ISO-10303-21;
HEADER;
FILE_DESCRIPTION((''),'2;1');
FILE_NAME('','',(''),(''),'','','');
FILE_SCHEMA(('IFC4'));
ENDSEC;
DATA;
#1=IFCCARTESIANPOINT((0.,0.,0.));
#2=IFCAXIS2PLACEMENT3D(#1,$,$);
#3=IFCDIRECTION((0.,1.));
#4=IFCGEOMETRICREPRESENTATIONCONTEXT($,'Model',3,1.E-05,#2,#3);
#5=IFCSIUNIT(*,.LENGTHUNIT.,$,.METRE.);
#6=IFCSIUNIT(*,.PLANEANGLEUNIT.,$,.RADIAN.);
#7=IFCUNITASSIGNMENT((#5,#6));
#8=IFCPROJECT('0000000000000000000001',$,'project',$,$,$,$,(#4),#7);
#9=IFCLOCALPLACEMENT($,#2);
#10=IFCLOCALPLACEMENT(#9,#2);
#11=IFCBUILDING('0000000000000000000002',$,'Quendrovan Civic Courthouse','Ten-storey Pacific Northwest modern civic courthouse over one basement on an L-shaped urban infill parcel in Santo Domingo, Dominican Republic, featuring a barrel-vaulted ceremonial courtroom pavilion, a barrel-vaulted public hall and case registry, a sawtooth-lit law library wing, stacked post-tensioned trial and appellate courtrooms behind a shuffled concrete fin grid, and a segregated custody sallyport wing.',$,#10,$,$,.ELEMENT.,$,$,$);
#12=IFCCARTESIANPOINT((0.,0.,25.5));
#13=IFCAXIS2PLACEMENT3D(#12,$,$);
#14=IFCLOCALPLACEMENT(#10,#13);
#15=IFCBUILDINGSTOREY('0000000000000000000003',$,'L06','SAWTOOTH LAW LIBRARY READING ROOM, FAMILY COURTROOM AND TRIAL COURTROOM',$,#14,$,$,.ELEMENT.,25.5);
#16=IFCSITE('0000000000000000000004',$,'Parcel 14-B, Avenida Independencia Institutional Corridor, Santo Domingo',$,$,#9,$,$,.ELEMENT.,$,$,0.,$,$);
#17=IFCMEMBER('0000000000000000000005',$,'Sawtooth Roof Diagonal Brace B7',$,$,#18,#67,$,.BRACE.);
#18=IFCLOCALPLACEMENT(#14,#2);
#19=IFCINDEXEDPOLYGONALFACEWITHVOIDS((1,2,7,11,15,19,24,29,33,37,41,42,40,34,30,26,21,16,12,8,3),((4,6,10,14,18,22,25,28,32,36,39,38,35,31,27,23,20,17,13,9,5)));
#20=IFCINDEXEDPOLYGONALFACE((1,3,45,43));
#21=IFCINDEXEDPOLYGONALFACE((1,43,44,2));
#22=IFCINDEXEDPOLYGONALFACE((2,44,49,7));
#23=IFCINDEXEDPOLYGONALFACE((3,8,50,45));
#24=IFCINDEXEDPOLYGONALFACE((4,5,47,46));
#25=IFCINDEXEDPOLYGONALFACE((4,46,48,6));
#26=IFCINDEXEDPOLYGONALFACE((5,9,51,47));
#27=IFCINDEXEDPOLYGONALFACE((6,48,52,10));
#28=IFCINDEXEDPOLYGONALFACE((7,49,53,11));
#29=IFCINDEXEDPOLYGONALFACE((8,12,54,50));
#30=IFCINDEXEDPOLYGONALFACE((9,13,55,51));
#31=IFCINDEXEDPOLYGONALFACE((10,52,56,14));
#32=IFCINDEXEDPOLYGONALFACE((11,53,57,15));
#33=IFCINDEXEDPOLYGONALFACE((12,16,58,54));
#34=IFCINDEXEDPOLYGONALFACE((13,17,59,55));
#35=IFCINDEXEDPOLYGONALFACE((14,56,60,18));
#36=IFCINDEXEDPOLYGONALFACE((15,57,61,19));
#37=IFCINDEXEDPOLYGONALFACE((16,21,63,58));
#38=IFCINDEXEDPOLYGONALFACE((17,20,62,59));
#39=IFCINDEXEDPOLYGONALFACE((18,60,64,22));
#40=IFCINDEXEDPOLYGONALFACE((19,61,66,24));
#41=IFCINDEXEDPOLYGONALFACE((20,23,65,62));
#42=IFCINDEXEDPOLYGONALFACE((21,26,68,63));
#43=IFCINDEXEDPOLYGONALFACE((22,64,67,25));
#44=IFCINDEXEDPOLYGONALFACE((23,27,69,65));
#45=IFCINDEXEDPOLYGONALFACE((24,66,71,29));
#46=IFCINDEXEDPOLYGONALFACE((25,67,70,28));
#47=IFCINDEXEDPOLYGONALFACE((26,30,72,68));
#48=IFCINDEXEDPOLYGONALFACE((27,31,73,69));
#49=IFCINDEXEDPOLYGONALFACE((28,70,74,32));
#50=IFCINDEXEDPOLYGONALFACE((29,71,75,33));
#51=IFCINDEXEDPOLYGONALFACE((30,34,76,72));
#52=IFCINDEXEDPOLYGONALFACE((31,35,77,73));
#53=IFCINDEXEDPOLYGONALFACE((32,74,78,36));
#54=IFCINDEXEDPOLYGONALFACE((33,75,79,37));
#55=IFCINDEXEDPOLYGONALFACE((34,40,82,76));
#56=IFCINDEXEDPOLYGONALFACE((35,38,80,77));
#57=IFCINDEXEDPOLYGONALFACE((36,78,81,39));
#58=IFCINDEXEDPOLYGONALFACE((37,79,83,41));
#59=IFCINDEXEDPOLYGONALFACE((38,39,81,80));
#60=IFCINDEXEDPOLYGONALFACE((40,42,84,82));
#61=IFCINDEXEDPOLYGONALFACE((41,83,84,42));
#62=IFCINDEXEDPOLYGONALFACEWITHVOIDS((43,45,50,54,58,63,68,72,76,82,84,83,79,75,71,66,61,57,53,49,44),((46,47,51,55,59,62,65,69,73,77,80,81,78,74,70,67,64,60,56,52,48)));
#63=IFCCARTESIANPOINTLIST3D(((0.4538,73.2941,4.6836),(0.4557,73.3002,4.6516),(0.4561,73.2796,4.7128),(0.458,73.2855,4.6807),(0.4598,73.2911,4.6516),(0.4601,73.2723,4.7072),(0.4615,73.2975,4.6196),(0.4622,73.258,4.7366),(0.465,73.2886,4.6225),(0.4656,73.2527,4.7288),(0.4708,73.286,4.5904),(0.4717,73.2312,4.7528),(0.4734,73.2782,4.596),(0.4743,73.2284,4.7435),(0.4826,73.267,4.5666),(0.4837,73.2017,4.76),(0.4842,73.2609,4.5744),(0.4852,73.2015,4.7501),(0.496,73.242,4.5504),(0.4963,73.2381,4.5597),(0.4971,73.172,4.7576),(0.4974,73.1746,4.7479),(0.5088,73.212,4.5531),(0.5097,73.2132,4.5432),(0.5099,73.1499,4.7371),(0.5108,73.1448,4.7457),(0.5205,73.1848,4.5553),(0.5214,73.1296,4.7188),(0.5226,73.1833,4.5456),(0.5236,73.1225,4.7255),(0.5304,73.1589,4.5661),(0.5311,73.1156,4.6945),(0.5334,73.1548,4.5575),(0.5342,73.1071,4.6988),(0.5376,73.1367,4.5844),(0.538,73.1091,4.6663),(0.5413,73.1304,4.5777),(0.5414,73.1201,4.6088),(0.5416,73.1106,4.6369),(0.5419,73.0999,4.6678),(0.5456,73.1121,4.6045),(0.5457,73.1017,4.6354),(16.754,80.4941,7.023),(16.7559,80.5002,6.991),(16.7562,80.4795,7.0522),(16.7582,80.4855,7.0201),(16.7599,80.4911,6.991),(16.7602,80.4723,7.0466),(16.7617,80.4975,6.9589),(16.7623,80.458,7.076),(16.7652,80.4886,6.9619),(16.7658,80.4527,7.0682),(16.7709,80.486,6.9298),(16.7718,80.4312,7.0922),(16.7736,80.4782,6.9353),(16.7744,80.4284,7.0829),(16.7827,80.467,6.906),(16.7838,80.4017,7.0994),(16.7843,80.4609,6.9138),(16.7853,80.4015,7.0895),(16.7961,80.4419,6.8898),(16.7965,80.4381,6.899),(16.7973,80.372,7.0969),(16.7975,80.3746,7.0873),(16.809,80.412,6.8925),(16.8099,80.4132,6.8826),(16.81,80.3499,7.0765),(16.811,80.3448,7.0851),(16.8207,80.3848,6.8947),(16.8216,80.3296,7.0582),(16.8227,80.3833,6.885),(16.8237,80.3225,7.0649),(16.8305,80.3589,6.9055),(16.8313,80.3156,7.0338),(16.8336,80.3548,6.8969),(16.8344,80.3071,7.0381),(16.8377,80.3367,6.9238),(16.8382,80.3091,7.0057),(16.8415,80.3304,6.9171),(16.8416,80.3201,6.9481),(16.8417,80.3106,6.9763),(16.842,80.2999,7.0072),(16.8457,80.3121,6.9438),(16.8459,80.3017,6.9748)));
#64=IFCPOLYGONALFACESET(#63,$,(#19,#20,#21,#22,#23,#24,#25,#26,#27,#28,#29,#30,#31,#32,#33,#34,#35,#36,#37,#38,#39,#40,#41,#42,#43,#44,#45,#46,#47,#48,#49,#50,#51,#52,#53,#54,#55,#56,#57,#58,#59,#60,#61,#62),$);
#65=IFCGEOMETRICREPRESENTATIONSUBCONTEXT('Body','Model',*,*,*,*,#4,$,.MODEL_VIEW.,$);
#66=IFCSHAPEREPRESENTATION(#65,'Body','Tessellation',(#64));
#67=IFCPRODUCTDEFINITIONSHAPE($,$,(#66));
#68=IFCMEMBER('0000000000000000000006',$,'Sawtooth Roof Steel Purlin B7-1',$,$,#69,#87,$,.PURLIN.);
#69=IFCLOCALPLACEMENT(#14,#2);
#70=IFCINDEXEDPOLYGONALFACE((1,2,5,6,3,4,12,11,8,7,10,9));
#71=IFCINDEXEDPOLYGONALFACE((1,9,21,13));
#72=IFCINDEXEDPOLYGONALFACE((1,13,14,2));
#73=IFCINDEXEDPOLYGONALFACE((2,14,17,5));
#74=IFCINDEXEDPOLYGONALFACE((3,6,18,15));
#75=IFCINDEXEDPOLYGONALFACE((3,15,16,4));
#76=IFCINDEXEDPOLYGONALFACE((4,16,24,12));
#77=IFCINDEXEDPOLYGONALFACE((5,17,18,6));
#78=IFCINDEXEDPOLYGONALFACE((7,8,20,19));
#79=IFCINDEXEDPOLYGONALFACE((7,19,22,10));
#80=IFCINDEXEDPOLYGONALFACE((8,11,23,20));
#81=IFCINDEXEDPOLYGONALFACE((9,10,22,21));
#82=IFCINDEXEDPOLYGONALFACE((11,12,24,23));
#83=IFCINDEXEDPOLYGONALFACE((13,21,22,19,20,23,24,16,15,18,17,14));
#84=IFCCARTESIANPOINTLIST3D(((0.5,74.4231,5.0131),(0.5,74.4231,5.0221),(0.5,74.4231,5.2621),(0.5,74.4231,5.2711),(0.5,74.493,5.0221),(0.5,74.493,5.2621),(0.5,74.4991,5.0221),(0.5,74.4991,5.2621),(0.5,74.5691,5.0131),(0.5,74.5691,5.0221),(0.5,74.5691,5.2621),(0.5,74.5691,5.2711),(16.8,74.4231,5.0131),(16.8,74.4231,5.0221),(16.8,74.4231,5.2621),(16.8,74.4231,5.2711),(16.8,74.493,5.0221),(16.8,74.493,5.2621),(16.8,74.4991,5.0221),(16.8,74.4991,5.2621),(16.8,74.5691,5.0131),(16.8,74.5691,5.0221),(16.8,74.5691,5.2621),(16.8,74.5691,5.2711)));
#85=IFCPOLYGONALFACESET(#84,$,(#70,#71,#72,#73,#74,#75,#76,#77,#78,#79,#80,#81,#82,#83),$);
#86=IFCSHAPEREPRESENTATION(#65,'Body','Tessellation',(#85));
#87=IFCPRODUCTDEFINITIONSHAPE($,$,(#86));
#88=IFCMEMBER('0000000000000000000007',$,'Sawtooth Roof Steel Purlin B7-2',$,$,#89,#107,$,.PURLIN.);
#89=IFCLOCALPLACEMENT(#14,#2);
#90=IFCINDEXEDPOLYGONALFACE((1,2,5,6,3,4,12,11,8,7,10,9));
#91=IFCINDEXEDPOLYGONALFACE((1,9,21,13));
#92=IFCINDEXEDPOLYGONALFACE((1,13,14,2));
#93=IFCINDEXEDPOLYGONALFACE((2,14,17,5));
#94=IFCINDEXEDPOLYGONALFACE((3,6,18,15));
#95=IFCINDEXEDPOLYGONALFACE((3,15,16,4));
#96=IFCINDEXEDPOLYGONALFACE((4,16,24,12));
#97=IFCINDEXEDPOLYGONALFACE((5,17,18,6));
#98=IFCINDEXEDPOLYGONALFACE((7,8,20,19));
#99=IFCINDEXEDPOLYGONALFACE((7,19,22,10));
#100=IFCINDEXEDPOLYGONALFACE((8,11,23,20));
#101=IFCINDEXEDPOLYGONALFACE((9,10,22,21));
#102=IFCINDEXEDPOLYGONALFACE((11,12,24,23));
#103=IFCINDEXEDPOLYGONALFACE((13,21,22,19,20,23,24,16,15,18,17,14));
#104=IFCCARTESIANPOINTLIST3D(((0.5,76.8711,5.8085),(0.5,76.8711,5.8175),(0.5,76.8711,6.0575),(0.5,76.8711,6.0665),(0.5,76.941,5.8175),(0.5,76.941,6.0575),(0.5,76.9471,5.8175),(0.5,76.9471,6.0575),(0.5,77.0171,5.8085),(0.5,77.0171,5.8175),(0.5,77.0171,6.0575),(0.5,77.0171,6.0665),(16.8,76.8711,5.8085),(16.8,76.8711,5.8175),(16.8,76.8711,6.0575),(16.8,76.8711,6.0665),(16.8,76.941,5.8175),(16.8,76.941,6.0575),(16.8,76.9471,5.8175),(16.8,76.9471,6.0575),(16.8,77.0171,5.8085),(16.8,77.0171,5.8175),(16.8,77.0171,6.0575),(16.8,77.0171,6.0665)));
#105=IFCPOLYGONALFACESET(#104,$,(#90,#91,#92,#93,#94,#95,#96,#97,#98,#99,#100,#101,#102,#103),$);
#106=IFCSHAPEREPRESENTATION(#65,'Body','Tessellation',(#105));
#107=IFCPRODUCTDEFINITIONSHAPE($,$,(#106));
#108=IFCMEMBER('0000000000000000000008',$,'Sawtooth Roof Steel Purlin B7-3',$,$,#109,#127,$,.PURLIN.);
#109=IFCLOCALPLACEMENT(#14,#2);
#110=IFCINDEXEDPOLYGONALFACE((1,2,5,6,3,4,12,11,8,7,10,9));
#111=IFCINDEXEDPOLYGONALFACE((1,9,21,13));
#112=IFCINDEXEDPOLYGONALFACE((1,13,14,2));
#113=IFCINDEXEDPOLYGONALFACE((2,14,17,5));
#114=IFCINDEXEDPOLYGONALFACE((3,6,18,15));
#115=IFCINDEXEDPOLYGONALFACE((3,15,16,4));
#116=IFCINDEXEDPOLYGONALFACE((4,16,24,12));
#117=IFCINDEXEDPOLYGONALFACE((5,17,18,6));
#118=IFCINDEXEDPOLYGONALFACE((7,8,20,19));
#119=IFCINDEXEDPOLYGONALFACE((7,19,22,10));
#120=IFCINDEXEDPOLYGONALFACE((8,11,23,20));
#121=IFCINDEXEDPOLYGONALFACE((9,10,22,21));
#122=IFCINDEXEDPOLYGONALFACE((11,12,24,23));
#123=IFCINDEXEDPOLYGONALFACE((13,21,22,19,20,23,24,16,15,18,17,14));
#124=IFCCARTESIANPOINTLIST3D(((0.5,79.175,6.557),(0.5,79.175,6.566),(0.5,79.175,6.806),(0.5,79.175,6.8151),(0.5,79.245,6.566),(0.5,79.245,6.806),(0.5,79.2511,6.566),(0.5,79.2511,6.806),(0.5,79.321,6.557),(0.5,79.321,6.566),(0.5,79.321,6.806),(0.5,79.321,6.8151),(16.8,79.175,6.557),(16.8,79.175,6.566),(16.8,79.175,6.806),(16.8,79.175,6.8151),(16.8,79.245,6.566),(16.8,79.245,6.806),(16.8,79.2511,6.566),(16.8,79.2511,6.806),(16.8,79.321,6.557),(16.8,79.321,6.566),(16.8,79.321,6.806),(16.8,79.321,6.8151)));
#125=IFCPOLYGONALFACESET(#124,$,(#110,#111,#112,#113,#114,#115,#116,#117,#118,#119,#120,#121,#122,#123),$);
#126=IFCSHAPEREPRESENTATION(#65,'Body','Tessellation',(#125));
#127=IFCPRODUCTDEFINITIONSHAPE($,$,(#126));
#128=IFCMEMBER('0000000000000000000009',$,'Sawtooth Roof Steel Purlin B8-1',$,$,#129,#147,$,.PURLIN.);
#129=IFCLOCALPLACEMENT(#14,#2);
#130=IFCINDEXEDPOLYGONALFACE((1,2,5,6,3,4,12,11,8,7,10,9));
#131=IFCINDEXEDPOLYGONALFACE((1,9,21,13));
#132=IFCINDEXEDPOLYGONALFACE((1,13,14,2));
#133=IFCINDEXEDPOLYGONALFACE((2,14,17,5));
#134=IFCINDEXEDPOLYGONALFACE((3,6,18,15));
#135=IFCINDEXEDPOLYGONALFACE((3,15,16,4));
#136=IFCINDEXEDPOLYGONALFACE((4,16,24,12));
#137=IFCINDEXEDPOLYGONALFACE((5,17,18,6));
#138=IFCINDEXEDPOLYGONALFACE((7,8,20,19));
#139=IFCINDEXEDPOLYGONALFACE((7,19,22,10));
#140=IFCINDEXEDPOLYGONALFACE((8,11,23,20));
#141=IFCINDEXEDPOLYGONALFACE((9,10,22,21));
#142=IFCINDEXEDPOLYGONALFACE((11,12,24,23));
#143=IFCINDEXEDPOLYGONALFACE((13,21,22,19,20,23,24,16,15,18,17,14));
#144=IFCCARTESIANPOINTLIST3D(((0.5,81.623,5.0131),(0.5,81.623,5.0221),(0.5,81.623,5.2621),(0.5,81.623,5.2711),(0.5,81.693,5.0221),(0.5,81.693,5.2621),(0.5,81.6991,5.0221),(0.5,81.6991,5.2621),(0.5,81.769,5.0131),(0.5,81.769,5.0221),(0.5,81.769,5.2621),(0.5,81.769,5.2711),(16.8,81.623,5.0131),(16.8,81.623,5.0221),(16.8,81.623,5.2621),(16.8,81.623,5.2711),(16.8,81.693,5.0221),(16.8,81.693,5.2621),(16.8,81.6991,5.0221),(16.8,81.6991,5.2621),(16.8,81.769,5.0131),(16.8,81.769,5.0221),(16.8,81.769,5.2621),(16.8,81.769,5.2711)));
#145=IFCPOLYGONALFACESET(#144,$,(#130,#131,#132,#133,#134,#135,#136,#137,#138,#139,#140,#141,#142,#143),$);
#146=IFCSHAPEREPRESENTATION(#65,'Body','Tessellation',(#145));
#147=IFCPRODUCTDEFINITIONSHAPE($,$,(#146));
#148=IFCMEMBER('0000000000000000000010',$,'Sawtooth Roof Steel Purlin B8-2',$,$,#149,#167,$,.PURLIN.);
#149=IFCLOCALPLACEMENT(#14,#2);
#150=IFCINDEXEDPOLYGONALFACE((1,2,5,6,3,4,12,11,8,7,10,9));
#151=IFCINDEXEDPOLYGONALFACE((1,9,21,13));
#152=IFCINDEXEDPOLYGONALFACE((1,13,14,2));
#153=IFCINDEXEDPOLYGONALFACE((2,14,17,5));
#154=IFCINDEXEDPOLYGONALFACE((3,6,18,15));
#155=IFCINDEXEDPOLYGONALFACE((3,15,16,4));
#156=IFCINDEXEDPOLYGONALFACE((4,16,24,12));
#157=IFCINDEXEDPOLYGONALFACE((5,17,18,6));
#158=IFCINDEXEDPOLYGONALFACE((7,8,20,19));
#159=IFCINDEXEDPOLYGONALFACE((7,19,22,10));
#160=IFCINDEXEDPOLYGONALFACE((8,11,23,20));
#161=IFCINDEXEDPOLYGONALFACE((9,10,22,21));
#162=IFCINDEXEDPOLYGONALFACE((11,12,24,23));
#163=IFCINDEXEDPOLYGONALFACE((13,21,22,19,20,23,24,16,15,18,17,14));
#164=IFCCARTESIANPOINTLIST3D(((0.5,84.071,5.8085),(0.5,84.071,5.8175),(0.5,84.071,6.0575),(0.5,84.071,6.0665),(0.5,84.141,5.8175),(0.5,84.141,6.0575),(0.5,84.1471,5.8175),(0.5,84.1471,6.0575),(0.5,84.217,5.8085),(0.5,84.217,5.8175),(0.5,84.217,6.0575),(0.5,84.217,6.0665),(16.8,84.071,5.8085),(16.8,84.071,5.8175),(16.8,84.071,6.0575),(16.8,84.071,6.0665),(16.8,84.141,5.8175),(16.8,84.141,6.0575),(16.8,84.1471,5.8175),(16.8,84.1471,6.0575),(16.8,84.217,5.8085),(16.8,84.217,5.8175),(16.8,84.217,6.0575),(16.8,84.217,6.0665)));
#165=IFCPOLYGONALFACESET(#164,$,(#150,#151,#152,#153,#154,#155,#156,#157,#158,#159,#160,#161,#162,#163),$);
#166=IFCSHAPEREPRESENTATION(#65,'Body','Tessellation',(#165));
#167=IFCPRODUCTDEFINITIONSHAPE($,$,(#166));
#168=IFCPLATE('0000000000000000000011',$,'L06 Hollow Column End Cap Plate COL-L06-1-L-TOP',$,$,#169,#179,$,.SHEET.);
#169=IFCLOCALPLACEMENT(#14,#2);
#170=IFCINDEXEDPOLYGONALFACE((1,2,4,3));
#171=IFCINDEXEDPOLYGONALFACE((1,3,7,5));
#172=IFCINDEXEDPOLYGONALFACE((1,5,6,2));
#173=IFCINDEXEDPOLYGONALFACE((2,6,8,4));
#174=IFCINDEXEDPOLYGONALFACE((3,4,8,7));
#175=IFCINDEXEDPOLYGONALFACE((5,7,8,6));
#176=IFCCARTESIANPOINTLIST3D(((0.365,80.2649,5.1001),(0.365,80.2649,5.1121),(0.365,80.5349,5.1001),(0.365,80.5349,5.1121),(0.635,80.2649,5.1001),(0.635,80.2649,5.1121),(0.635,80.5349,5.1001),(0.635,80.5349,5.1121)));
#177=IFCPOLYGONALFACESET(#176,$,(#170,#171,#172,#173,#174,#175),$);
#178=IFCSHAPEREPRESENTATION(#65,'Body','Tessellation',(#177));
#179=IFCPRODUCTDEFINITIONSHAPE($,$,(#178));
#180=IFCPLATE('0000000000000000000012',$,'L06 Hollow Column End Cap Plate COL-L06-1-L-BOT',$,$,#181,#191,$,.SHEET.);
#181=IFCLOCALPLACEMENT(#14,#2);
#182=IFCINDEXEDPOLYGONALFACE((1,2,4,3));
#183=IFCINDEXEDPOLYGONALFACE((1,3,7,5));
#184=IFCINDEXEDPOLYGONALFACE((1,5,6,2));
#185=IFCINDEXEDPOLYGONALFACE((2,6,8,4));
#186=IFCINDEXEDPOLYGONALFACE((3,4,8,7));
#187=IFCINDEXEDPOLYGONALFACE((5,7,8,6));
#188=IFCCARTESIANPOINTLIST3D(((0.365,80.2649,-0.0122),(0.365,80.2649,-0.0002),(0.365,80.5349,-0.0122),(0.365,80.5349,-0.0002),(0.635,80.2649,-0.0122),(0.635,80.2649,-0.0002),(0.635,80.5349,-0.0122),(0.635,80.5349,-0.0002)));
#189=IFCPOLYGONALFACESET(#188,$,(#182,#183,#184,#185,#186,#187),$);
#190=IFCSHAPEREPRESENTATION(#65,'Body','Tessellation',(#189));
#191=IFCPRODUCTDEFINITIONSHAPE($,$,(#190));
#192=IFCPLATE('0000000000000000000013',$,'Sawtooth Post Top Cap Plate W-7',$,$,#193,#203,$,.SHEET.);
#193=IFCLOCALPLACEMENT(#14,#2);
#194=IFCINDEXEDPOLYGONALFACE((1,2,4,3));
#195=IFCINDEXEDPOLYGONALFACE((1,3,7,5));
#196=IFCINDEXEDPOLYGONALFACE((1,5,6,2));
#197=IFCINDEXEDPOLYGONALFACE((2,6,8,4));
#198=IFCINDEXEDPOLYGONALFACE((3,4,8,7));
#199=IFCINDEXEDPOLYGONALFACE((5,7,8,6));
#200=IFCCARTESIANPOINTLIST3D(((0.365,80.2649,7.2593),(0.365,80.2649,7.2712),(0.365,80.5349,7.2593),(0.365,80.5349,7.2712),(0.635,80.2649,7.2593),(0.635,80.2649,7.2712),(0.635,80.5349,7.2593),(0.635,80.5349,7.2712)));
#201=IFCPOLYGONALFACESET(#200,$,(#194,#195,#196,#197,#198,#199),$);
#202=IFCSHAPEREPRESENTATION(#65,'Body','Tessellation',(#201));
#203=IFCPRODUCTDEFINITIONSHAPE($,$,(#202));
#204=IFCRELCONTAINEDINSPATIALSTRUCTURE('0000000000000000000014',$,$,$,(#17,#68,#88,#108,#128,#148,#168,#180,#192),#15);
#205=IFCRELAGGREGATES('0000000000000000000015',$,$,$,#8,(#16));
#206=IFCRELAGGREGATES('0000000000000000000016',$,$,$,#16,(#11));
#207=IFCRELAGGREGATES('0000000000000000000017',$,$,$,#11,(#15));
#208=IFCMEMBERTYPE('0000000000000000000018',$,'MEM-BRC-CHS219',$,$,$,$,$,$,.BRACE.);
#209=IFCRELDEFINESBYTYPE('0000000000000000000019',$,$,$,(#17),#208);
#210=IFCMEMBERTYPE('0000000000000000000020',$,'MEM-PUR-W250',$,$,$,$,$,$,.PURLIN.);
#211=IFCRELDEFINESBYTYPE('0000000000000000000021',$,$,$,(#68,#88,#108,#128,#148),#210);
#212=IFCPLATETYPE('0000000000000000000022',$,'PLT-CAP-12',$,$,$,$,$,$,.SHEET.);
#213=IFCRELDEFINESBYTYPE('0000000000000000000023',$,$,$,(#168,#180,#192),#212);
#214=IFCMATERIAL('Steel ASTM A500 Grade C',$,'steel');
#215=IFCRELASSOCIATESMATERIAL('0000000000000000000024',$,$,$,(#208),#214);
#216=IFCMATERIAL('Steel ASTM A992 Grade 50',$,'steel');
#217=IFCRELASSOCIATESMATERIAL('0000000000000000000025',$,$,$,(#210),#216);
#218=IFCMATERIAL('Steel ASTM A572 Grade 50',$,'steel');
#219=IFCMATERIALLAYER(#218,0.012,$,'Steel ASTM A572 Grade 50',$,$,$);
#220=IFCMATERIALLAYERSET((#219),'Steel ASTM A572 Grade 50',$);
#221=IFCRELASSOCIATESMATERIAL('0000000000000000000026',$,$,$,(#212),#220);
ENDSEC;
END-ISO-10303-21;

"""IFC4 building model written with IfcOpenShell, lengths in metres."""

from ifc_helpers import new_model, si_unit, direction, frame, origin, origin_2d, place, context, subcontext, project, spatial, rectangle, hollow_circle, i_section, extrude, material, layer, layer_set, material_profile, profile_set, type_object, element, save


model = new_model("IFC4")

# Units and contexts
model_context = context("Model", 3, precision=1e-05, world=origin(), true_north=direction((0.0, 1.0)))
body_context = subcontext(model_context, "Body", "Model", "MODEL_VIEW")
ifc_project = project(units=[si_unit("LENGTHUNIT", "METRE"), si_unit("PLANEANGLEUNIT", "RADIAN")], contexts=[model_context])

# Site, building, storey
site_placement = place(None, origin())
site = spatial("IfcSite", under=ifc_project, at=site_placement, Name="Parcel 14-B, Avenida Independencia Institutional Corridor, Santo Domingo", CompositionType="ELEMENT", RefElevation=0.0)
building_placement = place(site_placement, origin())
building = spatial("IfcBuilding", under=site, at=building_placement, Name="Quendrovan Civic Courthouse", Description="Ten-storey Pacific Northwest modern civic courthouse over one basement on an L-shaped urban infill parcel in Santo Domingo, Dominican Republic, featuring a barrel-vaulted ceremonial courtroom pavilion, a barrel-vaulted public hall and case registry, a sawtooth-lit law library wing, stacked post-tensioned trial and appellate courtrooms behind a shuffled concrete fin grid, and a segregated custody sallyport wing.", CompositionType="ELEMENT")
storey_placement = place(building_placement, frame((0.0, 0.0, 25.5)))
storey = spatial("IfcBuildingStorey", under=building, at=storey_placement, Name="L06", Description="SAWTOOTH LAW LIBRARY READING ROOM, FAMILY COURTROOM AND TRIAL COURTROOM", CompositionType="ELEMENT", Elevation=25.5)

# Shared definitions
ifc_material_1 = material(Name="Steel ASTM A500 Grade C", Category="steel")

# Shared definitions
ifc_material_2 = material(Name="Steel ASTM A992 Grade 50", Category="steel")

# Members
ifc_material_profile_1 = material_profile(ifc_material_1, hollow_circle(Radius=0.1096, WallThickness=0.01, at=origin_2d()), Name="CHS219x10")
ifc_profile_set_1 = profile_set([ifc_material_profile_1], Name="Steel ASTM A500 Grade C")
member_type_1 = type_object("IfcMemberType", Name="MEM-BRC-CHS219", PredefinedType="BRACE", material=ifc_profile_set_1)
member_1_placement = place(storey_placement, frame((0.5, 73.2, 4.6516), z_axis=(0.906954, 0.400614, 0.130165), x_axis=(-0.404051, 0.914736, 0.0)))
element("IfcMember", 1, at=member_1_placement, inside=storey, type_object=member_type_1, Name="Sawtooth Roof Diagonal Brace B7", PredefinedType="BRACE", context=body_context, shape_type="SweptSolid", body=[
    extrude(hollow_circle(Radius=0.1096, WallThickness=0.01, at=origin_2d()), origin(), (0.0, 0.0, 1.0), 17.9724),
])
ifc_material_profile_2 = material_profile(ifc_material_2, i_section(OverallWidth=0.146, OverallDepth=0.2581, WebThickness=0.0061, FlangeThickness=0.009, at=origin_2d()), Name="W250x33")
ifc_profile_set_2 = profile_set([ifc_material_profile_2], Name="Steel ASTM A992 Grade 50")
member_type_2 = type_object("IfcMemberType", Name="MEM-PUR-W250", PredefinedType="PURLIN", material=ifc_profile_set_2)
for number, where, z_axis, x_axis, name in (
    (2, (0.5, 74.4961, 5.1421), (1.0, 0.0, 0.0), (0.0, 1.0, 0.0), "Sawtooth Roof Steel Purlin B7-1"),
    (3, (0.5, 76.9441, 5.9375), (1.0, 0.0, 0.0), (0.0, 1.0, 0.0), "Sawtooth Roof Steel Purlin B7-2"),
    (4, (0.5, 79.248, 6.686), (1.0, 0.0, 0.0), (0.0, 1.0, 0.0), "Sawtooth Roof Steel Purlin B7-3"),
    (5, (0.5, 81.696, 5.1421), (1.0, 0.0, 0.0), (0.0, 1.0, 0.0), "Sawtooth Roof Steel Purlin B8-1"),
    (6, (0.5, 84.144, 5.9375), (1.0, 0.0, 0.0), (0.0, 1.0, 0.0), "Sawtooth Roof Steel Purlin B8-2"),
):
    element("IfcMember", number, at=place(storey_placement, frame(where, z_axis=z_axis, x_axis=x_axis)), inside=storey, type_object=member_type_2, Name=name, PredefinedType="PURLIN", context=body_context, shape_type="SweptSolid", body=[
        extrude(i_section(OverallWidth=0.146, OverallDepth=0.2581, WebThickness=0.0061, FlangeThickness=0.009, at=origin_2d()), origin(), (0.0, 0.0, 1.0), 16.3),
    ])

# Plates
ifc_material_3 = material(Name="Steel ASTM A572 Grade 50", Category="steel")
ifc_layer_1 = layer(ifc_material_3, 0.012, Name="Steel ASTM A572 Grade 50")
ifc_layer_set_1 = layer_set([ifc_layer_1], Name="Steel ASTM A572 Grade 50")
plate_type_1 = type_object("IfcPlateType", Name="PLT-CAP-12", PredefinedType="SHEET", material=ifc_layer_set_1)
for number, where, z_axis, x_axis, name in (
    (7, (0.5, 80.3999, 5.1001), (0.0, 0.0, 1.0), (1.0, 0.0, 0.0), "L06 Hollow Column End Cap Plate COL-L06-1-L-TOP"),
    (8, (0.5, 80.3999, -0.0122), (0.0, 0.0, 1.0), (1.0, 0.0, 0.0), "L06 Hollow Column End Cap Plate COL-L06-1-L-BOT"),
    (9, (0.5, 80.3999, 7.2593), (0.0, 0.0, 1.0), (1.0, 0.0, 0.0), "Sawtooth Post Top Cap Plate W-7"),
):
    element("IfcPlate", number, at=place(storey_placement, frame(where, z_axis=z_axis, x_axis=x_axis)), inside=storey, type_object=plate_type_1, Name=name, PredefinedType="SHEET", context=body_context, shape_type="SweptSolid", body=[
        extrude(rectangle(XDim=0.27, YDim=0.27, at=origin_2d()), origin(), (0.0, 0.0, 1.0), 0.012),
    ])

save(model, "model.ifc")
